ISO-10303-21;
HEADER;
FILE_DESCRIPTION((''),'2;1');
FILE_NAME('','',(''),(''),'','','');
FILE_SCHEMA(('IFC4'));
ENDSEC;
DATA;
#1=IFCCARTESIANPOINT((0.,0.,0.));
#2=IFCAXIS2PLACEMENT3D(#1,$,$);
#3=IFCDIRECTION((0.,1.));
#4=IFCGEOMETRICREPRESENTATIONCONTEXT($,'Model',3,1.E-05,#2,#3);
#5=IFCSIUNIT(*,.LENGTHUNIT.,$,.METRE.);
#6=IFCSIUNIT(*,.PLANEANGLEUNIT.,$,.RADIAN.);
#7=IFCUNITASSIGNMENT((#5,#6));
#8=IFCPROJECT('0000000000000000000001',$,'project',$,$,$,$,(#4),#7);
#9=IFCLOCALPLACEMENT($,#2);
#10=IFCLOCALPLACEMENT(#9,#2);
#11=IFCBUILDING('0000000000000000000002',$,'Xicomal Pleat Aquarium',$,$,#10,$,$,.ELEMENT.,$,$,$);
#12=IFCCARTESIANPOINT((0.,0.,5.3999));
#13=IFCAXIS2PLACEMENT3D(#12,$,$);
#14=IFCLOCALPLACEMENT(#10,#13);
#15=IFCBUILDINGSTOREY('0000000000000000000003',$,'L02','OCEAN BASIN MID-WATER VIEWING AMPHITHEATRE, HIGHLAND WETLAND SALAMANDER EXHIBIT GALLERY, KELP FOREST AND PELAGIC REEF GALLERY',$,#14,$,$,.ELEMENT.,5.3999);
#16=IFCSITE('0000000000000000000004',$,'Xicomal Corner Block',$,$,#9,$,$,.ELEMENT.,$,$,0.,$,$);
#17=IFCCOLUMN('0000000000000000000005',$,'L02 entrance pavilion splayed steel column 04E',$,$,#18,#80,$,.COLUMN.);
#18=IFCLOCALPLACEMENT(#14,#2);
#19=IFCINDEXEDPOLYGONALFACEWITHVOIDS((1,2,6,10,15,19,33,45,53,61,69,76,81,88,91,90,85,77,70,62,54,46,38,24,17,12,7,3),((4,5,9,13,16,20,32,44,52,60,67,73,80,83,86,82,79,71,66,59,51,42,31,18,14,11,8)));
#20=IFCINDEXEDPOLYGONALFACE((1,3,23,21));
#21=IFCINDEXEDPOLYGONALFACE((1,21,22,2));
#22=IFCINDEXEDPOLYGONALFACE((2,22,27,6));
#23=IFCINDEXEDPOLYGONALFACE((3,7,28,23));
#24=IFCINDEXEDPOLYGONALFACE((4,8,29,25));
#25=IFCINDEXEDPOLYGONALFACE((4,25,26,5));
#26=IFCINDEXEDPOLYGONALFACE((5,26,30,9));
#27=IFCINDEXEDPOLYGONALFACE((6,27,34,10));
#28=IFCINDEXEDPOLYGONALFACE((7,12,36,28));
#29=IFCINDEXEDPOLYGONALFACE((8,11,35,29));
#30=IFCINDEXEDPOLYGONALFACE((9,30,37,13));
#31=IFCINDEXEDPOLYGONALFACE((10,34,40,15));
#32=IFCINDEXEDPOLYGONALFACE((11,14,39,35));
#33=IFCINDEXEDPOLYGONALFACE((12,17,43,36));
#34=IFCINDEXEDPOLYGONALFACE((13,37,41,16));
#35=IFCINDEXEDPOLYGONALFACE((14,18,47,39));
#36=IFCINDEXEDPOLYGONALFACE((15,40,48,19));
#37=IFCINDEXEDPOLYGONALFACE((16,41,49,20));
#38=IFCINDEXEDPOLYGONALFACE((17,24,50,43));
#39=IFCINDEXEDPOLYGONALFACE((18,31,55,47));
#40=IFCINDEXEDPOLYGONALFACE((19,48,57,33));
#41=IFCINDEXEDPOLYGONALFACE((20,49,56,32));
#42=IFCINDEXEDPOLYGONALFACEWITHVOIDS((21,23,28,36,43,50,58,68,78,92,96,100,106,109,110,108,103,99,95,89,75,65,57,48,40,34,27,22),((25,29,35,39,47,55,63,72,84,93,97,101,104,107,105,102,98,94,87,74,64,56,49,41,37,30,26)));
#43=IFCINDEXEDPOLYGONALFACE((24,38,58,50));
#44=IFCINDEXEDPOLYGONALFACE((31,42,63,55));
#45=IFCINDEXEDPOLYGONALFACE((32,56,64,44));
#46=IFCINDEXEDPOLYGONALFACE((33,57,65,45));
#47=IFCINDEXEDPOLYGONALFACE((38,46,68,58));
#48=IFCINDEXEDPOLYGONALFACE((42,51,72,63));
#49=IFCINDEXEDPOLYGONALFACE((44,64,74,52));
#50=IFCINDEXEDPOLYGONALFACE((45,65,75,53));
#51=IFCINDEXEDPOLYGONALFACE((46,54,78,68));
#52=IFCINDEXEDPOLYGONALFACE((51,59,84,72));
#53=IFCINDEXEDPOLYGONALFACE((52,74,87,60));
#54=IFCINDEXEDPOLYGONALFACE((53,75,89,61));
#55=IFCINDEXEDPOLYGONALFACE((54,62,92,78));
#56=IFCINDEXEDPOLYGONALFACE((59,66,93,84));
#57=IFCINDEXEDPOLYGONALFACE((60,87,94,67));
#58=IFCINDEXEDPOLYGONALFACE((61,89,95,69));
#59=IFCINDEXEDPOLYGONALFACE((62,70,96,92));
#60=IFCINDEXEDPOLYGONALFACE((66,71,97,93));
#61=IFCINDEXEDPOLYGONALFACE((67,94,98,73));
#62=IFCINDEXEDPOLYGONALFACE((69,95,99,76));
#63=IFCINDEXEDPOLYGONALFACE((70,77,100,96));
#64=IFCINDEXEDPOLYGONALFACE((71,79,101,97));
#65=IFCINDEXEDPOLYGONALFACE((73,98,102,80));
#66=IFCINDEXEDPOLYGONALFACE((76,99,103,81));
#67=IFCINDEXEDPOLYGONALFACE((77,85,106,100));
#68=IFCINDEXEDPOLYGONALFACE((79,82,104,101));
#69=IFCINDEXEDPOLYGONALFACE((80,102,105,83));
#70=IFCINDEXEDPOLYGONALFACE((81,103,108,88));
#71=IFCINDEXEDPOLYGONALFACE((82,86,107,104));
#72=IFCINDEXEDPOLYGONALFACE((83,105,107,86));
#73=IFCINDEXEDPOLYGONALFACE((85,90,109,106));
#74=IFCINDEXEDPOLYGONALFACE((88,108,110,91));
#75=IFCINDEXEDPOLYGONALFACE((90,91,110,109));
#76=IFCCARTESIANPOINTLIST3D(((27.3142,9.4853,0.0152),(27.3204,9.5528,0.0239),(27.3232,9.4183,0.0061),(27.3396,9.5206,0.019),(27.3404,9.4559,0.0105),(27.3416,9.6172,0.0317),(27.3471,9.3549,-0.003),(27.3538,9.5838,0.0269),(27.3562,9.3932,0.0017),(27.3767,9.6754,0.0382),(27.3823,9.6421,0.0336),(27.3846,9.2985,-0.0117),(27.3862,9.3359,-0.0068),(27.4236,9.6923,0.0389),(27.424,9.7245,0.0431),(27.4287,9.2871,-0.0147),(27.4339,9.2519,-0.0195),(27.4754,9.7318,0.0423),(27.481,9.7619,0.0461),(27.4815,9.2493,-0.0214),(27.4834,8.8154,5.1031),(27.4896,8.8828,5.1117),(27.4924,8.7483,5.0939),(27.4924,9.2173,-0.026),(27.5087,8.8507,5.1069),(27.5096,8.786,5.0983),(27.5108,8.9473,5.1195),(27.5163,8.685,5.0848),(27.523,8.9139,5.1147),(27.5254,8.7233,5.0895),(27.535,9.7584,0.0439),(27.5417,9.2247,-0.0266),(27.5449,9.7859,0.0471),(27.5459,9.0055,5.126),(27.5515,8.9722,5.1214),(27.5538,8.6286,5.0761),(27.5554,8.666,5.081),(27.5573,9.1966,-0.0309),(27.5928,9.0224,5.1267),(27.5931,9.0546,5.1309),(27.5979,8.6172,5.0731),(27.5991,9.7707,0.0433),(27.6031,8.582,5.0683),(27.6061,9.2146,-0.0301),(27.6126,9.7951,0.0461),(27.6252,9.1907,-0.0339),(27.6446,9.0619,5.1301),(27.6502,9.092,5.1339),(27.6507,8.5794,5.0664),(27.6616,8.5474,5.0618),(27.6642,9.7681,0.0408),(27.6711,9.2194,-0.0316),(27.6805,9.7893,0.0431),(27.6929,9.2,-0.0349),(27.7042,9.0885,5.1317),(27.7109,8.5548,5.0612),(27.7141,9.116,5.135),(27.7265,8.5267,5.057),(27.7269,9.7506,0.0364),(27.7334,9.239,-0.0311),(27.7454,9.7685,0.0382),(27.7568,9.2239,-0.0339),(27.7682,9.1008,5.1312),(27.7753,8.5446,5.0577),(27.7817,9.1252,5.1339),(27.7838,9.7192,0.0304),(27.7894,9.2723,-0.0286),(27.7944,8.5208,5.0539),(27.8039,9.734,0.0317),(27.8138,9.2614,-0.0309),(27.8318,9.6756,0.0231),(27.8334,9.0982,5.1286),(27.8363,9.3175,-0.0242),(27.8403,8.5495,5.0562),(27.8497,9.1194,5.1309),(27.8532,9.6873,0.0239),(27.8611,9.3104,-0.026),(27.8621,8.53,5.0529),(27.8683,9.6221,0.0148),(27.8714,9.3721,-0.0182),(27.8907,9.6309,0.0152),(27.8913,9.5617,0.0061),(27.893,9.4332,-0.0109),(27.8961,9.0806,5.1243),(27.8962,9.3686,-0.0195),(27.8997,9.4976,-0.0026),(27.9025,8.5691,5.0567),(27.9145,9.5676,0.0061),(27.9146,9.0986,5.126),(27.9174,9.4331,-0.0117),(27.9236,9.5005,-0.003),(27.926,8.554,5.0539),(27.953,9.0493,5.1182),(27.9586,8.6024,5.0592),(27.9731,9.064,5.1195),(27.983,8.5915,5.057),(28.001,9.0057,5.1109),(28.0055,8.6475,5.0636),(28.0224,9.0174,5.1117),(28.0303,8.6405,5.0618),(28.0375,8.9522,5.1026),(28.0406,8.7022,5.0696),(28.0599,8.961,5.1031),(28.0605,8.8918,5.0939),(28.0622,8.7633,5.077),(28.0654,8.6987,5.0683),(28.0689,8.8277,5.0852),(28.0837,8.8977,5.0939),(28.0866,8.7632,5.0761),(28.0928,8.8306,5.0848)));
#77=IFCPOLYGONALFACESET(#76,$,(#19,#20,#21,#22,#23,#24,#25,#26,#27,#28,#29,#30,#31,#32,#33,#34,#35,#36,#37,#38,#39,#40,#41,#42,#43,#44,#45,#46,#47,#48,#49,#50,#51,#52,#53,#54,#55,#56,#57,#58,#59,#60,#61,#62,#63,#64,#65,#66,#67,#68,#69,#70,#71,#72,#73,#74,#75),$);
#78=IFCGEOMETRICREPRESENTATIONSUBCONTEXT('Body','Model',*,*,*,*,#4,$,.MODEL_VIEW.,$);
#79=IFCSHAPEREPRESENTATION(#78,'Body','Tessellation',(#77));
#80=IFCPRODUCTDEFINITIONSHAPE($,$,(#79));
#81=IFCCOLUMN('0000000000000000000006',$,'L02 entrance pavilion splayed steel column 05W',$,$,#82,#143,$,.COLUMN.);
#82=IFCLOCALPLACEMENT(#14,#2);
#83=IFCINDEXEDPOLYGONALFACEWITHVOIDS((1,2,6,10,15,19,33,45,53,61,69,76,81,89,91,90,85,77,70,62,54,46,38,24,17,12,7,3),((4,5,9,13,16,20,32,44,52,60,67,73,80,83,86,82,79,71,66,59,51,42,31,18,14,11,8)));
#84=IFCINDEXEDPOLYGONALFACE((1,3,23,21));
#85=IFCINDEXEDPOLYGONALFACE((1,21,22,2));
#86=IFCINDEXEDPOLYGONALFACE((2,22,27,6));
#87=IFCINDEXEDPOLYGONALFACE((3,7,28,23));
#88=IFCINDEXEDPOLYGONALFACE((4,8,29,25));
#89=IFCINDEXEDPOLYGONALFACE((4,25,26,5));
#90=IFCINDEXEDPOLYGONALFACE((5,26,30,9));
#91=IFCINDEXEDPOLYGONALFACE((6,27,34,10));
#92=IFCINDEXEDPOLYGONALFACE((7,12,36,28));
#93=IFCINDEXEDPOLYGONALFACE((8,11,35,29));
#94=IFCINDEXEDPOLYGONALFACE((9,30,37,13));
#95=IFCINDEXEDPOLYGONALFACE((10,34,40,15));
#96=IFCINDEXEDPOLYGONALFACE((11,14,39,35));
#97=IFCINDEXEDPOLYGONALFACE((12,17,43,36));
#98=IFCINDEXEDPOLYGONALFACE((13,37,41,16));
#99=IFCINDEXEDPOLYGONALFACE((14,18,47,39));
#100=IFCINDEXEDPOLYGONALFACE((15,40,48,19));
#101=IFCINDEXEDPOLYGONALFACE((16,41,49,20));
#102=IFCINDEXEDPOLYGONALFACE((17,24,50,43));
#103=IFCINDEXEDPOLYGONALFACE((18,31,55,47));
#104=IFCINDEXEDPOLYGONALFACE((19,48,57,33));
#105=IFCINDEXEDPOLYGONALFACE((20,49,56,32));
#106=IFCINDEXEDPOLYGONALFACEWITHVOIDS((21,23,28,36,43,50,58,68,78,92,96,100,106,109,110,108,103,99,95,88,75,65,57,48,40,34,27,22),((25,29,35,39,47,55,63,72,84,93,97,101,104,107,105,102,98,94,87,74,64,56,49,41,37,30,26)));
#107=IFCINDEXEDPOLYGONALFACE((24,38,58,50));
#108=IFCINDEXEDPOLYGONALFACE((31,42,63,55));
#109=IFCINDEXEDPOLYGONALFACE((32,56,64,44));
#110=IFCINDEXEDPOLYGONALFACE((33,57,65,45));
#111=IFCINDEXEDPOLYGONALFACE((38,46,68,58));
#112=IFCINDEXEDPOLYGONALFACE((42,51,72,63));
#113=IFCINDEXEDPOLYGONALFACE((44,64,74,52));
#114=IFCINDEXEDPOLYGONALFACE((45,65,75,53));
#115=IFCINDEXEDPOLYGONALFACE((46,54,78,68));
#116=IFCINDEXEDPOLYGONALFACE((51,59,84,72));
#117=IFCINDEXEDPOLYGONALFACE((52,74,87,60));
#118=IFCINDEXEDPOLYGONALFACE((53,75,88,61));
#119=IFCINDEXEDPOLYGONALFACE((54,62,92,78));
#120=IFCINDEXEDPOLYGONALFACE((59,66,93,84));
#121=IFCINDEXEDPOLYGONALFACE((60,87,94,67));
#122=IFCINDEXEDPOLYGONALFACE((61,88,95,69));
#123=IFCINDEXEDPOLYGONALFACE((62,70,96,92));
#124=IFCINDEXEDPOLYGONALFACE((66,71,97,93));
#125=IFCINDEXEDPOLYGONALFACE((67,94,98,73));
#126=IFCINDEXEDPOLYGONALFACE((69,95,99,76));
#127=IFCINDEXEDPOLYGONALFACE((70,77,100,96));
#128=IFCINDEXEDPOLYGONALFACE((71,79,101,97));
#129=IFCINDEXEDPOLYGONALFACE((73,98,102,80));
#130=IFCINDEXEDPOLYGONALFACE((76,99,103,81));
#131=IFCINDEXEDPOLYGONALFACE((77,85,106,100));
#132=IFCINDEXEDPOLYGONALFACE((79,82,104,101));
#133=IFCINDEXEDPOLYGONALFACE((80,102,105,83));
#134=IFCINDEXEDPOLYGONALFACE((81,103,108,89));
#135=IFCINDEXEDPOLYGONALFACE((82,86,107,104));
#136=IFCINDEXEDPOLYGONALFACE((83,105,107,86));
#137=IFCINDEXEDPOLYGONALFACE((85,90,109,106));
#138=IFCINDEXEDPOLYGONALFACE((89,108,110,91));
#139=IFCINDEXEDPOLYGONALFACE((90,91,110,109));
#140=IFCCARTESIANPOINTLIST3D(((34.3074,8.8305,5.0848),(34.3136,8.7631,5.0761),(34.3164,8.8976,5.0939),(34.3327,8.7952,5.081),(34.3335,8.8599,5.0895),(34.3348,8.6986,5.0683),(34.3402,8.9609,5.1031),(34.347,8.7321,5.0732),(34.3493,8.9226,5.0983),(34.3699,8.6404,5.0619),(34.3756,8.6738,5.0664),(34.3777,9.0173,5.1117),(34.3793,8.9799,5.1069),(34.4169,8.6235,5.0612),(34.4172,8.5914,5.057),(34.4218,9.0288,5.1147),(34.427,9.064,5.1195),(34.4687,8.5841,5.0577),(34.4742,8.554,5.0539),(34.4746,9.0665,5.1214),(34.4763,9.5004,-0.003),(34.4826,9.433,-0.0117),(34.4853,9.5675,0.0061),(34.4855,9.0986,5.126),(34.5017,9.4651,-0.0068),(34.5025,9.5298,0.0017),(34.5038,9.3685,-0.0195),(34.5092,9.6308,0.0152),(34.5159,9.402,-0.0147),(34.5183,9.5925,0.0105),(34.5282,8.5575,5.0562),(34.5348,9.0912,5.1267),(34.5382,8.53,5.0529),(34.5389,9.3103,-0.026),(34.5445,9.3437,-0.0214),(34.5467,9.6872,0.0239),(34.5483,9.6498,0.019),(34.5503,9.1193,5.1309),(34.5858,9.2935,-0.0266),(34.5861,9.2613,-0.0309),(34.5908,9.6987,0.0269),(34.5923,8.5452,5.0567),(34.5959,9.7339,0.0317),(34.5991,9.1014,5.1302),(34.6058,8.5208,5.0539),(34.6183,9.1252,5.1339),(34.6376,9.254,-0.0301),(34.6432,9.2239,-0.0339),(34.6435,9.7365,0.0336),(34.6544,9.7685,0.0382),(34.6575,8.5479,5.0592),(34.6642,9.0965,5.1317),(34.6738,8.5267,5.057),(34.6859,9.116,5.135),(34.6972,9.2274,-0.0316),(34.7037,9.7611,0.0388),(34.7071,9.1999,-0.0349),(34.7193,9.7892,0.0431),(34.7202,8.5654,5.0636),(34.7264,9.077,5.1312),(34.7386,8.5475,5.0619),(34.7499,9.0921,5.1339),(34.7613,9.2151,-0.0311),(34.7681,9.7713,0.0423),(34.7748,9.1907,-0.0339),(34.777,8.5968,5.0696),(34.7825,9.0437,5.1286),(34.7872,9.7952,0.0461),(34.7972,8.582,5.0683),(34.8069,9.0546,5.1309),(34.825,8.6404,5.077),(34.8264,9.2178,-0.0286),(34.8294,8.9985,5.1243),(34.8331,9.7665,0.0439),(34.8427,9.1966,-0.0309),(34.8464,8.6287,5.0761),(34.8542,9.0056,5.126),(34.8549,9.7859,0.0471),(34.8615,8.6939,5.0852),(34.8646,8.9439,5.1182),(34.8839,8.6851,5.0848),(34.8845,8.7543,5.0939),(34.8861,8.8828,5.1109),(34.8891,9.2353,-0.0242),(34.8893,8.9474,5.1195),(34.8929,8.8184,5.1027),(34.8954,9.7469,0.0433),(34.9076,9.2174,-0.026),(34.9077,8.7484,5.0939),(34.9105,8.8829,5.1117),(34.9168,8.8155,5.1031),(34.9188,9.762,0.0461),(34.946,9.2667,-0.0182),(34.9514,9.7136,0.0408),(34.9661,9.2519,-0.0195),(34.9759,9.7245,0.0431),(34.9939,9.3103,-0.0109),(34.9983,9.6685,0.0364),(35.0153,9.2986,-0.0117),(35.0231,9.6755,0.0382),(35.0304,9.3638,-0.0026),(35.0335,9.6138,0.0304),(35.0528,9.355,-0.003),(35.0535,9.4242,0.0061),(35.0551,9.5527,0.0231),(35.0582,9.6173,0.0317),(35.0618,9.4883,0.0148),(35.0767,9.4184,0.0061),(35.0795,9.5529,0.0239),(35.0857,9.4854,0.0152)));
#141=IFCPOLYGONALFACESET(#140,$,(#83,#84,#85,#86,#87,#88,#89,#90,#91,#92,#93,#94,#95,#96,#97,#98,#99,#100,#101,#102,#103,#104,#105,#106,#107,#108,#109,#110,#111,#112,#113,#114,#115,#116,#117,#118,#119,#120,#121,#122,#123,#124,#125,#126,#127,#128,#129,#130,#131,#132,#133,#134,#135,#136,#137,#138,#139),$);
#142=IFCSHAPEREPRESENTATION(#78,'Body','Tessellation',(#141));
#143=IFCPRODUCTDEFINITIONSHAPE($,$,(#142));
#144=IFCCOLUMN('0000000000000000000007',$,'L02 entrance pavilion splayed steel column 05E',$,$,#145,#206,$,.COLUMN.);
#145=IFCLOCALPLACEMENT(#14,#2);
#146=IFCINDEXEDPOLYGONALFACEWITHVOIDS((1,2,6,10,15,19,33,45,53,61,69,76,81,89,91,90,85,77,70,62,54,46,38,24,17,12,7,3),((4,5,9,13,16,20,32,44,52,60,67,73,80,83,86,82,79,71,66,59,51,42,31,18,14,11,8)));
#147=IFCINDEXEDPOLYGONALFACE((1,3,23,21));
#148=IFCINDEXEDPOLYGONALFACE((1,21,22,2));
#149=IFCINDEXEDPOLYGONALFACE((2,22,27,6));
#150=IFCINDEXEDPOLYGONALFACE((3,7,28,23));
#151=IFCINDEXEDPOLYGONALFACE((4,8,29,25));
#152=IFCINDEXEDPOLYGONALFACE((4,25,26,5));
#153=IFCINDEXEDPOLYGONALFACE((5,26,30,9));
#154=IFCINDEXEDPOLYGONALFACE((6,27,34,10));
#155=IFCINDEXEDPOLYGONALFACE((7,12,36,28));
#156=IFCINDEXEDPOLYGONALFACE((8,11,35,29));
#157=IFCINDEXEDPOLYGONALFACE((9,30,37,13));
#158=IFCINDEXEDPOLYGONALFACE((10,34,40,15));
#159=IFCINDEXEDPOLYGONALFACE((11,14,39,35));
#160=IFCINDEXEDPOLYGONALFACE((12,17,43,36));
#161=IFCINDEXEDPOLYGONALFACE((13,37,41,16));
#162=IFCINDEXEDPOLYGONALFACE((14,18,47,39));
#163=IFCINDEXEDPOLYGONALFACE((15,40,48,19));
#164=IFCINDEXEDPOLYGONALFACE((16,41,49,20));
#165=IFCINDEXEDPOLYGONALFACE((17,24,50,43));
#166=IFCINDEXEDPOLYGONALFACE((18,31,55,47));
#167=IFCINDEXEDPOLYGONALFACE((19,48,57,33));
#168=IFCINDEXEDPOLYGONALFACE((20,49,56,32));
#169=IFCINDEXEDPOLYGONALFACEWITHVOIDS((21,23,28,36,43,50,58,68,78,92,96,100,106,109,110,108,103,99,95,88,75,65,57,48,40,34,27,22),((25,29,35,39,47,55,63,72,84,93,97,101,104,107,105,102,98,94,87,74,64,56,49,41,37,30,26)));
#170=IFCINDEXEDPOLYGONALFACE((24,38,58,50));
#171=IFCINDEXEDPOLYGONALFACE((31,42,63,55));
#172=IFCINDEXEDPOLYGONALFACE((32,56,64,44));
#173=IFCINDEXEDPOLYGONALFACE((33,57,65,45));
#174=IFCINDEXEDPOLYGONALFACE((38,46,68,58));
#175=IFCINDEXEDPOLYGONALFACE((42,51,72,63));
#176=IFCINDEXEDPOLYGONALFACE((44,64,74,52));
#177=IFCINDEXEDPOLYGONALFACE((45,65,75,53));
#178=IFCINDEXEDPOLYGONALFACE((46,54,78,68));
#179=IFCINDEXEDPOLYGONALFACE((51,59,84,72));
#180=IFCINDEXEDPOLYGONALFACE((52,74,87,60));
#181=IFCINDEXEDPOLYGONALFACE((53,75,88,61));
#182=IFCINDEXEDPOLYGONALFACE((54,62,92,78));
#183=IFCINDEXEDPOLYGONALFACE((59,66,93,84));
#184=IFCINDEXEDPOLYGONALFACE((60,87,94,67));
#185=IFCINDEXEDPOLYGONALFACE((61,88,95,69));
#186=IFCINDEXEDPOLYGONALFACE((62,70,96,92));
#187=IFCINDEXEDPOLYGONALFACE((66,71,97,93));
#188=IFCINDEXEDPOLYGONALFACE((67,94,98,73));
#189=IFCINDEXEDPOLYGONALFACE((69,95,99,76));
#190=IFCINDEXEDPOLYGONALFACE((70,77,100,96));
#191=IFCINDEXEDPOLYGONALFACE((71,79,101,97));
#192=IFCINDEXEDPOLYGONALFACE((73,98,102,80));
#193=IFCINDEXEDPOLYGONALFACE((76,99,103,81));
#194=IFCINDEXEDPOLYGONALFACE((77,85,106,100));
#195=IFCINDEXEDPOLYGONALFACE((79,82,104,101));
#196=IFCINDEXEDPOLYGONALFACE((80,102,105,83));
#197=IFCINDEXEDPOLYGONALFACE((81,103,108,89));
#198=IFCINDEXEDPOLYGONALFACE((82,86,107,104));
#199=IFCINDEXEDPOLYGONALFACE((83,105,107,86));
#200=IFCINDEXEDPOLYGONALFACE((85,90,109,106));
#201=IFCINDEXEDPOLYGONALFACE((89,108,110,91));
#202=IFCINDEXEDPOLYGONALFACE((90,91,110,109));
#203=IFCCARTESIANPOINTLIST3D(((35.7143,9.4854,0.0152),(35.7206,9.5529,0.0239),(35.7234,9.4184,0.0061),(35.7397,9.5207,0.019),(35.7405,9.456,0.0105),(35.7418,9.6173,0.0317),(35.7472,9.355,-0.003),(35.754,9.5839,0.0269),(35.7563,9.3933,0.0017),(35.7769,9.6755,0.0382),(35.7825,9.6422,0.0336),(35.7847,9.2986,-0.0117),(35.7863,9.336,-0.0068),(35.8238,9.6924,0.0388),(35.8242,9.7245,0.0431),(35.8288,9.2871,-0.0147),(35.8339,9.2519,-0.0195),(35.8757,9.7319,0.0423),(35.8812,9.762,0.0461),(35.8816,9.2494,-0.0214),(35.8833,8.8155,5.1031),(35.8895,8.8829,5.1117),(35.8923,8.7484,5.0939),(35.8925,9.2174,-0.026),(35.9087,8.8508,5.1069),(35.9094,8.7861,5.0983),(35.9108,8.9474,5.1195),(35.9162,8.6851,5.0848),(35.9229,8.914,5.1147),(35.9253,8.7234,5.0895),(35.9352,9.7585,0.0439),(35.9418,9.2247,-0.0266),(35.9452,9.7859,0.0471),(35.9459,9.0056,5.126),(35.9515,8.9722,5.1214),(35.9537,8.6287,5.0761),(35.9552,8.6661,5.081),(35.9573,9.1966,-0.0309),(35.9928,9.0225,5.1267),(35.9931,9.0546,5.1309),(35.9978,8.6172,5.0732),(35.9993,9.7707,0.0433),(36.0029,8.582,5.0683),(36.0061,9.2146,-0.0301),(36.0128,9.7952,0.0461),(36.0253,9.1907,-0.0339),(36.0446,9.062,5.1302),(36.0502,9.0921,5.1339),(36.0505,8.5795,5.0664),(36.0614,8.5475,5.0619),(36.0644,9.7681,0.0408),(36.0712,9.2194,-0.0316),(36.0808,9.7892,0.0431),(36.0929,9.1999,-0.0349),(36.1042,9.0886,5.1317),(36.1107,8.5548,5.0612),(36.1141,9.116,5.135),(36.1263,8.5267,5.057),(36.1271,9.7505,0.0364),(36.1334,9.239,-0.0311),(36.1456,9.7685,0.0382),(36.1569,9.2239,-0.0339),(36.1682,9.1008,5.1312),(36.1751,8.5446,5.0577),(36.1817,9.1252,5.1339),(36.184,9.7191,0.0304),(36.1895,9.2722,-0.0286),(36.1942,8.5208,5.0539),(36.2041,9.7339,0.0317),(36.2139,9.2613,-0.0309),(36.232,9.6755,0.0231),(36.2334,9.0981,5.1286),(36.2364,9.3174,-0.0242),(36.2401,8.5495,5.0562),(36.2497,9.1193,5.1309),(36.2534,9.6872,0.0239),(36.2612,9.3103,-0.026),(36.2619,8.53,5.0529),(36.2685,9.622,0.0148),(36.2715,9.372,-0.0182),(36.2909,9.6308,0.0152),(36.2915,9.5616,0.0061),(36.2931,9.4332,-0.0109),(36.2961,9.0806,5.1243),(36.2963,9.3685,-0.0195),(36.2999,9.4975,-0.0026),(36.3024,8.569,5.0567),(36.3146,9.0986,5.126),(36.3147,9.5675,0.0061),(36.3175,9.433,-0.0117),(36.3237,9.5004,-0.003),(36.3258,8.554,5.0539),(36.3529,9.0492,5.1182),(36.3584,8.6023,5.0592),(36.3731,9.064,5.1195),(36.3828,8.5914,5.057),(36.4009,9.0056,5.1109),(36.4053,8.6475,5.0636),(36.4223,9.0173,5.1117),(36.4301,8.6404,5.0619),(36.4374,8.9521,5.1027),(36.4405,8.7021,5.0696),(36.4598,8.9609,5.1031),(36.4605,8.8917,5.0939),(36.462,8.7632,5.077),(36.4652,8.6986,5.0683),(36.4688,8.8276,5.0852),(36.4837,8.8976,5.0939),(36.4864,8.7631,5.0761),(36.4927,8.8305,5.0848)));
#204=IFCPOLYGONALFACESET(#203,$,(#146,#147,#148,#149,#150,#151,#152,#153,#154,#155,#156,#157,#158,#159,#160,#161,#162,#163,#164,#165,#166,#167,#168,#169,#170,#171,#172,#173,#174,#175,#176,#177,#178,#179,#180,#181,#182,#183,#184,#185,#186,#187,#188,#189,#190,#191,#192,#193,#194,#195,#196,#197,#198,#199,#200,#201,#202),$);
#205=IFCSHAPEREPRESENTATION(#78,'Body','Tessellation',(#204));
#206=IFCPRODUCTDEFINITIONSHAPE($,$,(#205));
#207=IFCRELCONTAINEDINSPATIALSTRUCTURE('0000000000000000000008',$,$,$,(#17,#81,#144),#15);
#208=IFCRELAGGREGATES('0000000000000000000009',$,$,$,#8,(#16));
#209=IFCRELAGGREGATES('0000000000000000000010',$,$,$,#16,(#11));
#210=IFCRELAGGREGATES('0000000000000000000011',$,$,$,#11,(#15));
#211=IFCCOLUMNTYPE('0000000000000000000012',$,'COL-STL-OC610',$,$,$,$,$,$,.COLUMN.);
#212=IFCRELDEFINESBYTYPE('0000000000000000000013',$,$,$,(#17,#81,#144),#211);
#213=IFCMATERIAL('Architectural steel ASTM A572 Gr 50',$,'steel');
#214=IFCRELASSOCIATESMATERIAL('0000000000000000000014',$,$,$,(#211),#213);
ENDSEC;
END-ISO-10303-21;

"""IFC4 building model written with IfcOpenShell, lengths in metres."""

from ifc_helpers import new_model, si_unit, direction, frame, origin, origin_2d, place, context, subcontext, project, spatial, hollow_circle, extrude, material, material_profile, profile_set, type_object, element, save


model = new_model("IFC4")

# Units and contexts
model_context = context("Model", 3, precision=1e-05, world=origin(), true_north=direction((0.0, 1.0)))
body_context = subcontext(model_context, "Body", "Model", "MODEL_VIEW")
ifc_project = project(units=[si_unit("LENGTHUNIT", "METRE"), si_unit("PLANEANGLEUNIT", "RADIAN")], contexts=[model_context])

# Site, building, storey
site_placement = place(None, origin())
site = spatial("IfcSite", under=ifc_project, at=site_placement, Name="Xicomal Corner Block", CompositionType="ELEMENT", RefElevation=0.0)
building_placement = place(site_placement, origin())
building = spatial("IfcBuilding", under=site, at=building_placement, Name="Xicomal Pleat Aquarium", CompositionType="ELEMENT")
storey_placement = place(building_placement, frame((0.0, 0.0, 5.3999)))
storey = spatial("IfcBuildingStorey", under=building, at=storey_placement, Name="L02", Description="OCEAN BASIN MID-WATER VIEWING AMPHITHEATRE, HIGHLAND WETLAND SALAMANDER EXHIBIT GALLERY, KELP FOREST AND PELAGIC REEF GALLERY", CompositionType="ELEMENT", Elevation=5.3999)

# Columns
ifc_material_1 = material(Name="Architectural steel ASTM A572 Gr 50", Category="steel")
ifc_material_profile_1 = material_profile(ifc_material_1, hollow_circle(Radius=0.3049, WallThickness=0.0239, at=origin_2d()), Name="OC 610x24")
ifc_profile_set_1 = profile_set([ifc_material_profile_1], Name="Architectural steel ASTM A572 Gr 50")
column_type_1 = type_object("IfcColumnType", Name="COL-STL-OC610", PredefinedType="COLUMN", material=ifc_profile_set_1)
for number, where, z_axis, x_axis, name in (
    (1, (27.6189, 9.4929, 0.0061), (0.032951, -0.130472, 0.990904), (0.969558, 0.244863, 0.0), "L02 entrance pavilion splayed steel column 04E"),
    (2, (34.781, 9.4929, 0.0061), (-0.032903, -0.130472, 0.990906), (0.969642, -0.244531, 0.0), "L02 entrance pavilion splayed steel column 05W"),
    (3, (36.019, 9.4929, 0.0061), (0.032903, -0.130472, 0.990906), (0.969642, 0.244531, 0.0), "L02 entrance pavilion splayed steel column 05E"),
):
    element("IfcColumn", number, at=place(storey_placement, frame(where, z_axis=z_axis, x_axis=x_axis)), inside=storey, type_object=column_type_1, Name=name, PredefinedType="COLUMN", context=body_context, shape_type="SweptSolid", body=[
        extrude(hollow_circle(Radius=0.3049, WallThickness=0.0239, at=origin_2d()), origin(), (0.0, 0.0, 1.0), 5.1345),
    ])

save(model, "model.ifc")
